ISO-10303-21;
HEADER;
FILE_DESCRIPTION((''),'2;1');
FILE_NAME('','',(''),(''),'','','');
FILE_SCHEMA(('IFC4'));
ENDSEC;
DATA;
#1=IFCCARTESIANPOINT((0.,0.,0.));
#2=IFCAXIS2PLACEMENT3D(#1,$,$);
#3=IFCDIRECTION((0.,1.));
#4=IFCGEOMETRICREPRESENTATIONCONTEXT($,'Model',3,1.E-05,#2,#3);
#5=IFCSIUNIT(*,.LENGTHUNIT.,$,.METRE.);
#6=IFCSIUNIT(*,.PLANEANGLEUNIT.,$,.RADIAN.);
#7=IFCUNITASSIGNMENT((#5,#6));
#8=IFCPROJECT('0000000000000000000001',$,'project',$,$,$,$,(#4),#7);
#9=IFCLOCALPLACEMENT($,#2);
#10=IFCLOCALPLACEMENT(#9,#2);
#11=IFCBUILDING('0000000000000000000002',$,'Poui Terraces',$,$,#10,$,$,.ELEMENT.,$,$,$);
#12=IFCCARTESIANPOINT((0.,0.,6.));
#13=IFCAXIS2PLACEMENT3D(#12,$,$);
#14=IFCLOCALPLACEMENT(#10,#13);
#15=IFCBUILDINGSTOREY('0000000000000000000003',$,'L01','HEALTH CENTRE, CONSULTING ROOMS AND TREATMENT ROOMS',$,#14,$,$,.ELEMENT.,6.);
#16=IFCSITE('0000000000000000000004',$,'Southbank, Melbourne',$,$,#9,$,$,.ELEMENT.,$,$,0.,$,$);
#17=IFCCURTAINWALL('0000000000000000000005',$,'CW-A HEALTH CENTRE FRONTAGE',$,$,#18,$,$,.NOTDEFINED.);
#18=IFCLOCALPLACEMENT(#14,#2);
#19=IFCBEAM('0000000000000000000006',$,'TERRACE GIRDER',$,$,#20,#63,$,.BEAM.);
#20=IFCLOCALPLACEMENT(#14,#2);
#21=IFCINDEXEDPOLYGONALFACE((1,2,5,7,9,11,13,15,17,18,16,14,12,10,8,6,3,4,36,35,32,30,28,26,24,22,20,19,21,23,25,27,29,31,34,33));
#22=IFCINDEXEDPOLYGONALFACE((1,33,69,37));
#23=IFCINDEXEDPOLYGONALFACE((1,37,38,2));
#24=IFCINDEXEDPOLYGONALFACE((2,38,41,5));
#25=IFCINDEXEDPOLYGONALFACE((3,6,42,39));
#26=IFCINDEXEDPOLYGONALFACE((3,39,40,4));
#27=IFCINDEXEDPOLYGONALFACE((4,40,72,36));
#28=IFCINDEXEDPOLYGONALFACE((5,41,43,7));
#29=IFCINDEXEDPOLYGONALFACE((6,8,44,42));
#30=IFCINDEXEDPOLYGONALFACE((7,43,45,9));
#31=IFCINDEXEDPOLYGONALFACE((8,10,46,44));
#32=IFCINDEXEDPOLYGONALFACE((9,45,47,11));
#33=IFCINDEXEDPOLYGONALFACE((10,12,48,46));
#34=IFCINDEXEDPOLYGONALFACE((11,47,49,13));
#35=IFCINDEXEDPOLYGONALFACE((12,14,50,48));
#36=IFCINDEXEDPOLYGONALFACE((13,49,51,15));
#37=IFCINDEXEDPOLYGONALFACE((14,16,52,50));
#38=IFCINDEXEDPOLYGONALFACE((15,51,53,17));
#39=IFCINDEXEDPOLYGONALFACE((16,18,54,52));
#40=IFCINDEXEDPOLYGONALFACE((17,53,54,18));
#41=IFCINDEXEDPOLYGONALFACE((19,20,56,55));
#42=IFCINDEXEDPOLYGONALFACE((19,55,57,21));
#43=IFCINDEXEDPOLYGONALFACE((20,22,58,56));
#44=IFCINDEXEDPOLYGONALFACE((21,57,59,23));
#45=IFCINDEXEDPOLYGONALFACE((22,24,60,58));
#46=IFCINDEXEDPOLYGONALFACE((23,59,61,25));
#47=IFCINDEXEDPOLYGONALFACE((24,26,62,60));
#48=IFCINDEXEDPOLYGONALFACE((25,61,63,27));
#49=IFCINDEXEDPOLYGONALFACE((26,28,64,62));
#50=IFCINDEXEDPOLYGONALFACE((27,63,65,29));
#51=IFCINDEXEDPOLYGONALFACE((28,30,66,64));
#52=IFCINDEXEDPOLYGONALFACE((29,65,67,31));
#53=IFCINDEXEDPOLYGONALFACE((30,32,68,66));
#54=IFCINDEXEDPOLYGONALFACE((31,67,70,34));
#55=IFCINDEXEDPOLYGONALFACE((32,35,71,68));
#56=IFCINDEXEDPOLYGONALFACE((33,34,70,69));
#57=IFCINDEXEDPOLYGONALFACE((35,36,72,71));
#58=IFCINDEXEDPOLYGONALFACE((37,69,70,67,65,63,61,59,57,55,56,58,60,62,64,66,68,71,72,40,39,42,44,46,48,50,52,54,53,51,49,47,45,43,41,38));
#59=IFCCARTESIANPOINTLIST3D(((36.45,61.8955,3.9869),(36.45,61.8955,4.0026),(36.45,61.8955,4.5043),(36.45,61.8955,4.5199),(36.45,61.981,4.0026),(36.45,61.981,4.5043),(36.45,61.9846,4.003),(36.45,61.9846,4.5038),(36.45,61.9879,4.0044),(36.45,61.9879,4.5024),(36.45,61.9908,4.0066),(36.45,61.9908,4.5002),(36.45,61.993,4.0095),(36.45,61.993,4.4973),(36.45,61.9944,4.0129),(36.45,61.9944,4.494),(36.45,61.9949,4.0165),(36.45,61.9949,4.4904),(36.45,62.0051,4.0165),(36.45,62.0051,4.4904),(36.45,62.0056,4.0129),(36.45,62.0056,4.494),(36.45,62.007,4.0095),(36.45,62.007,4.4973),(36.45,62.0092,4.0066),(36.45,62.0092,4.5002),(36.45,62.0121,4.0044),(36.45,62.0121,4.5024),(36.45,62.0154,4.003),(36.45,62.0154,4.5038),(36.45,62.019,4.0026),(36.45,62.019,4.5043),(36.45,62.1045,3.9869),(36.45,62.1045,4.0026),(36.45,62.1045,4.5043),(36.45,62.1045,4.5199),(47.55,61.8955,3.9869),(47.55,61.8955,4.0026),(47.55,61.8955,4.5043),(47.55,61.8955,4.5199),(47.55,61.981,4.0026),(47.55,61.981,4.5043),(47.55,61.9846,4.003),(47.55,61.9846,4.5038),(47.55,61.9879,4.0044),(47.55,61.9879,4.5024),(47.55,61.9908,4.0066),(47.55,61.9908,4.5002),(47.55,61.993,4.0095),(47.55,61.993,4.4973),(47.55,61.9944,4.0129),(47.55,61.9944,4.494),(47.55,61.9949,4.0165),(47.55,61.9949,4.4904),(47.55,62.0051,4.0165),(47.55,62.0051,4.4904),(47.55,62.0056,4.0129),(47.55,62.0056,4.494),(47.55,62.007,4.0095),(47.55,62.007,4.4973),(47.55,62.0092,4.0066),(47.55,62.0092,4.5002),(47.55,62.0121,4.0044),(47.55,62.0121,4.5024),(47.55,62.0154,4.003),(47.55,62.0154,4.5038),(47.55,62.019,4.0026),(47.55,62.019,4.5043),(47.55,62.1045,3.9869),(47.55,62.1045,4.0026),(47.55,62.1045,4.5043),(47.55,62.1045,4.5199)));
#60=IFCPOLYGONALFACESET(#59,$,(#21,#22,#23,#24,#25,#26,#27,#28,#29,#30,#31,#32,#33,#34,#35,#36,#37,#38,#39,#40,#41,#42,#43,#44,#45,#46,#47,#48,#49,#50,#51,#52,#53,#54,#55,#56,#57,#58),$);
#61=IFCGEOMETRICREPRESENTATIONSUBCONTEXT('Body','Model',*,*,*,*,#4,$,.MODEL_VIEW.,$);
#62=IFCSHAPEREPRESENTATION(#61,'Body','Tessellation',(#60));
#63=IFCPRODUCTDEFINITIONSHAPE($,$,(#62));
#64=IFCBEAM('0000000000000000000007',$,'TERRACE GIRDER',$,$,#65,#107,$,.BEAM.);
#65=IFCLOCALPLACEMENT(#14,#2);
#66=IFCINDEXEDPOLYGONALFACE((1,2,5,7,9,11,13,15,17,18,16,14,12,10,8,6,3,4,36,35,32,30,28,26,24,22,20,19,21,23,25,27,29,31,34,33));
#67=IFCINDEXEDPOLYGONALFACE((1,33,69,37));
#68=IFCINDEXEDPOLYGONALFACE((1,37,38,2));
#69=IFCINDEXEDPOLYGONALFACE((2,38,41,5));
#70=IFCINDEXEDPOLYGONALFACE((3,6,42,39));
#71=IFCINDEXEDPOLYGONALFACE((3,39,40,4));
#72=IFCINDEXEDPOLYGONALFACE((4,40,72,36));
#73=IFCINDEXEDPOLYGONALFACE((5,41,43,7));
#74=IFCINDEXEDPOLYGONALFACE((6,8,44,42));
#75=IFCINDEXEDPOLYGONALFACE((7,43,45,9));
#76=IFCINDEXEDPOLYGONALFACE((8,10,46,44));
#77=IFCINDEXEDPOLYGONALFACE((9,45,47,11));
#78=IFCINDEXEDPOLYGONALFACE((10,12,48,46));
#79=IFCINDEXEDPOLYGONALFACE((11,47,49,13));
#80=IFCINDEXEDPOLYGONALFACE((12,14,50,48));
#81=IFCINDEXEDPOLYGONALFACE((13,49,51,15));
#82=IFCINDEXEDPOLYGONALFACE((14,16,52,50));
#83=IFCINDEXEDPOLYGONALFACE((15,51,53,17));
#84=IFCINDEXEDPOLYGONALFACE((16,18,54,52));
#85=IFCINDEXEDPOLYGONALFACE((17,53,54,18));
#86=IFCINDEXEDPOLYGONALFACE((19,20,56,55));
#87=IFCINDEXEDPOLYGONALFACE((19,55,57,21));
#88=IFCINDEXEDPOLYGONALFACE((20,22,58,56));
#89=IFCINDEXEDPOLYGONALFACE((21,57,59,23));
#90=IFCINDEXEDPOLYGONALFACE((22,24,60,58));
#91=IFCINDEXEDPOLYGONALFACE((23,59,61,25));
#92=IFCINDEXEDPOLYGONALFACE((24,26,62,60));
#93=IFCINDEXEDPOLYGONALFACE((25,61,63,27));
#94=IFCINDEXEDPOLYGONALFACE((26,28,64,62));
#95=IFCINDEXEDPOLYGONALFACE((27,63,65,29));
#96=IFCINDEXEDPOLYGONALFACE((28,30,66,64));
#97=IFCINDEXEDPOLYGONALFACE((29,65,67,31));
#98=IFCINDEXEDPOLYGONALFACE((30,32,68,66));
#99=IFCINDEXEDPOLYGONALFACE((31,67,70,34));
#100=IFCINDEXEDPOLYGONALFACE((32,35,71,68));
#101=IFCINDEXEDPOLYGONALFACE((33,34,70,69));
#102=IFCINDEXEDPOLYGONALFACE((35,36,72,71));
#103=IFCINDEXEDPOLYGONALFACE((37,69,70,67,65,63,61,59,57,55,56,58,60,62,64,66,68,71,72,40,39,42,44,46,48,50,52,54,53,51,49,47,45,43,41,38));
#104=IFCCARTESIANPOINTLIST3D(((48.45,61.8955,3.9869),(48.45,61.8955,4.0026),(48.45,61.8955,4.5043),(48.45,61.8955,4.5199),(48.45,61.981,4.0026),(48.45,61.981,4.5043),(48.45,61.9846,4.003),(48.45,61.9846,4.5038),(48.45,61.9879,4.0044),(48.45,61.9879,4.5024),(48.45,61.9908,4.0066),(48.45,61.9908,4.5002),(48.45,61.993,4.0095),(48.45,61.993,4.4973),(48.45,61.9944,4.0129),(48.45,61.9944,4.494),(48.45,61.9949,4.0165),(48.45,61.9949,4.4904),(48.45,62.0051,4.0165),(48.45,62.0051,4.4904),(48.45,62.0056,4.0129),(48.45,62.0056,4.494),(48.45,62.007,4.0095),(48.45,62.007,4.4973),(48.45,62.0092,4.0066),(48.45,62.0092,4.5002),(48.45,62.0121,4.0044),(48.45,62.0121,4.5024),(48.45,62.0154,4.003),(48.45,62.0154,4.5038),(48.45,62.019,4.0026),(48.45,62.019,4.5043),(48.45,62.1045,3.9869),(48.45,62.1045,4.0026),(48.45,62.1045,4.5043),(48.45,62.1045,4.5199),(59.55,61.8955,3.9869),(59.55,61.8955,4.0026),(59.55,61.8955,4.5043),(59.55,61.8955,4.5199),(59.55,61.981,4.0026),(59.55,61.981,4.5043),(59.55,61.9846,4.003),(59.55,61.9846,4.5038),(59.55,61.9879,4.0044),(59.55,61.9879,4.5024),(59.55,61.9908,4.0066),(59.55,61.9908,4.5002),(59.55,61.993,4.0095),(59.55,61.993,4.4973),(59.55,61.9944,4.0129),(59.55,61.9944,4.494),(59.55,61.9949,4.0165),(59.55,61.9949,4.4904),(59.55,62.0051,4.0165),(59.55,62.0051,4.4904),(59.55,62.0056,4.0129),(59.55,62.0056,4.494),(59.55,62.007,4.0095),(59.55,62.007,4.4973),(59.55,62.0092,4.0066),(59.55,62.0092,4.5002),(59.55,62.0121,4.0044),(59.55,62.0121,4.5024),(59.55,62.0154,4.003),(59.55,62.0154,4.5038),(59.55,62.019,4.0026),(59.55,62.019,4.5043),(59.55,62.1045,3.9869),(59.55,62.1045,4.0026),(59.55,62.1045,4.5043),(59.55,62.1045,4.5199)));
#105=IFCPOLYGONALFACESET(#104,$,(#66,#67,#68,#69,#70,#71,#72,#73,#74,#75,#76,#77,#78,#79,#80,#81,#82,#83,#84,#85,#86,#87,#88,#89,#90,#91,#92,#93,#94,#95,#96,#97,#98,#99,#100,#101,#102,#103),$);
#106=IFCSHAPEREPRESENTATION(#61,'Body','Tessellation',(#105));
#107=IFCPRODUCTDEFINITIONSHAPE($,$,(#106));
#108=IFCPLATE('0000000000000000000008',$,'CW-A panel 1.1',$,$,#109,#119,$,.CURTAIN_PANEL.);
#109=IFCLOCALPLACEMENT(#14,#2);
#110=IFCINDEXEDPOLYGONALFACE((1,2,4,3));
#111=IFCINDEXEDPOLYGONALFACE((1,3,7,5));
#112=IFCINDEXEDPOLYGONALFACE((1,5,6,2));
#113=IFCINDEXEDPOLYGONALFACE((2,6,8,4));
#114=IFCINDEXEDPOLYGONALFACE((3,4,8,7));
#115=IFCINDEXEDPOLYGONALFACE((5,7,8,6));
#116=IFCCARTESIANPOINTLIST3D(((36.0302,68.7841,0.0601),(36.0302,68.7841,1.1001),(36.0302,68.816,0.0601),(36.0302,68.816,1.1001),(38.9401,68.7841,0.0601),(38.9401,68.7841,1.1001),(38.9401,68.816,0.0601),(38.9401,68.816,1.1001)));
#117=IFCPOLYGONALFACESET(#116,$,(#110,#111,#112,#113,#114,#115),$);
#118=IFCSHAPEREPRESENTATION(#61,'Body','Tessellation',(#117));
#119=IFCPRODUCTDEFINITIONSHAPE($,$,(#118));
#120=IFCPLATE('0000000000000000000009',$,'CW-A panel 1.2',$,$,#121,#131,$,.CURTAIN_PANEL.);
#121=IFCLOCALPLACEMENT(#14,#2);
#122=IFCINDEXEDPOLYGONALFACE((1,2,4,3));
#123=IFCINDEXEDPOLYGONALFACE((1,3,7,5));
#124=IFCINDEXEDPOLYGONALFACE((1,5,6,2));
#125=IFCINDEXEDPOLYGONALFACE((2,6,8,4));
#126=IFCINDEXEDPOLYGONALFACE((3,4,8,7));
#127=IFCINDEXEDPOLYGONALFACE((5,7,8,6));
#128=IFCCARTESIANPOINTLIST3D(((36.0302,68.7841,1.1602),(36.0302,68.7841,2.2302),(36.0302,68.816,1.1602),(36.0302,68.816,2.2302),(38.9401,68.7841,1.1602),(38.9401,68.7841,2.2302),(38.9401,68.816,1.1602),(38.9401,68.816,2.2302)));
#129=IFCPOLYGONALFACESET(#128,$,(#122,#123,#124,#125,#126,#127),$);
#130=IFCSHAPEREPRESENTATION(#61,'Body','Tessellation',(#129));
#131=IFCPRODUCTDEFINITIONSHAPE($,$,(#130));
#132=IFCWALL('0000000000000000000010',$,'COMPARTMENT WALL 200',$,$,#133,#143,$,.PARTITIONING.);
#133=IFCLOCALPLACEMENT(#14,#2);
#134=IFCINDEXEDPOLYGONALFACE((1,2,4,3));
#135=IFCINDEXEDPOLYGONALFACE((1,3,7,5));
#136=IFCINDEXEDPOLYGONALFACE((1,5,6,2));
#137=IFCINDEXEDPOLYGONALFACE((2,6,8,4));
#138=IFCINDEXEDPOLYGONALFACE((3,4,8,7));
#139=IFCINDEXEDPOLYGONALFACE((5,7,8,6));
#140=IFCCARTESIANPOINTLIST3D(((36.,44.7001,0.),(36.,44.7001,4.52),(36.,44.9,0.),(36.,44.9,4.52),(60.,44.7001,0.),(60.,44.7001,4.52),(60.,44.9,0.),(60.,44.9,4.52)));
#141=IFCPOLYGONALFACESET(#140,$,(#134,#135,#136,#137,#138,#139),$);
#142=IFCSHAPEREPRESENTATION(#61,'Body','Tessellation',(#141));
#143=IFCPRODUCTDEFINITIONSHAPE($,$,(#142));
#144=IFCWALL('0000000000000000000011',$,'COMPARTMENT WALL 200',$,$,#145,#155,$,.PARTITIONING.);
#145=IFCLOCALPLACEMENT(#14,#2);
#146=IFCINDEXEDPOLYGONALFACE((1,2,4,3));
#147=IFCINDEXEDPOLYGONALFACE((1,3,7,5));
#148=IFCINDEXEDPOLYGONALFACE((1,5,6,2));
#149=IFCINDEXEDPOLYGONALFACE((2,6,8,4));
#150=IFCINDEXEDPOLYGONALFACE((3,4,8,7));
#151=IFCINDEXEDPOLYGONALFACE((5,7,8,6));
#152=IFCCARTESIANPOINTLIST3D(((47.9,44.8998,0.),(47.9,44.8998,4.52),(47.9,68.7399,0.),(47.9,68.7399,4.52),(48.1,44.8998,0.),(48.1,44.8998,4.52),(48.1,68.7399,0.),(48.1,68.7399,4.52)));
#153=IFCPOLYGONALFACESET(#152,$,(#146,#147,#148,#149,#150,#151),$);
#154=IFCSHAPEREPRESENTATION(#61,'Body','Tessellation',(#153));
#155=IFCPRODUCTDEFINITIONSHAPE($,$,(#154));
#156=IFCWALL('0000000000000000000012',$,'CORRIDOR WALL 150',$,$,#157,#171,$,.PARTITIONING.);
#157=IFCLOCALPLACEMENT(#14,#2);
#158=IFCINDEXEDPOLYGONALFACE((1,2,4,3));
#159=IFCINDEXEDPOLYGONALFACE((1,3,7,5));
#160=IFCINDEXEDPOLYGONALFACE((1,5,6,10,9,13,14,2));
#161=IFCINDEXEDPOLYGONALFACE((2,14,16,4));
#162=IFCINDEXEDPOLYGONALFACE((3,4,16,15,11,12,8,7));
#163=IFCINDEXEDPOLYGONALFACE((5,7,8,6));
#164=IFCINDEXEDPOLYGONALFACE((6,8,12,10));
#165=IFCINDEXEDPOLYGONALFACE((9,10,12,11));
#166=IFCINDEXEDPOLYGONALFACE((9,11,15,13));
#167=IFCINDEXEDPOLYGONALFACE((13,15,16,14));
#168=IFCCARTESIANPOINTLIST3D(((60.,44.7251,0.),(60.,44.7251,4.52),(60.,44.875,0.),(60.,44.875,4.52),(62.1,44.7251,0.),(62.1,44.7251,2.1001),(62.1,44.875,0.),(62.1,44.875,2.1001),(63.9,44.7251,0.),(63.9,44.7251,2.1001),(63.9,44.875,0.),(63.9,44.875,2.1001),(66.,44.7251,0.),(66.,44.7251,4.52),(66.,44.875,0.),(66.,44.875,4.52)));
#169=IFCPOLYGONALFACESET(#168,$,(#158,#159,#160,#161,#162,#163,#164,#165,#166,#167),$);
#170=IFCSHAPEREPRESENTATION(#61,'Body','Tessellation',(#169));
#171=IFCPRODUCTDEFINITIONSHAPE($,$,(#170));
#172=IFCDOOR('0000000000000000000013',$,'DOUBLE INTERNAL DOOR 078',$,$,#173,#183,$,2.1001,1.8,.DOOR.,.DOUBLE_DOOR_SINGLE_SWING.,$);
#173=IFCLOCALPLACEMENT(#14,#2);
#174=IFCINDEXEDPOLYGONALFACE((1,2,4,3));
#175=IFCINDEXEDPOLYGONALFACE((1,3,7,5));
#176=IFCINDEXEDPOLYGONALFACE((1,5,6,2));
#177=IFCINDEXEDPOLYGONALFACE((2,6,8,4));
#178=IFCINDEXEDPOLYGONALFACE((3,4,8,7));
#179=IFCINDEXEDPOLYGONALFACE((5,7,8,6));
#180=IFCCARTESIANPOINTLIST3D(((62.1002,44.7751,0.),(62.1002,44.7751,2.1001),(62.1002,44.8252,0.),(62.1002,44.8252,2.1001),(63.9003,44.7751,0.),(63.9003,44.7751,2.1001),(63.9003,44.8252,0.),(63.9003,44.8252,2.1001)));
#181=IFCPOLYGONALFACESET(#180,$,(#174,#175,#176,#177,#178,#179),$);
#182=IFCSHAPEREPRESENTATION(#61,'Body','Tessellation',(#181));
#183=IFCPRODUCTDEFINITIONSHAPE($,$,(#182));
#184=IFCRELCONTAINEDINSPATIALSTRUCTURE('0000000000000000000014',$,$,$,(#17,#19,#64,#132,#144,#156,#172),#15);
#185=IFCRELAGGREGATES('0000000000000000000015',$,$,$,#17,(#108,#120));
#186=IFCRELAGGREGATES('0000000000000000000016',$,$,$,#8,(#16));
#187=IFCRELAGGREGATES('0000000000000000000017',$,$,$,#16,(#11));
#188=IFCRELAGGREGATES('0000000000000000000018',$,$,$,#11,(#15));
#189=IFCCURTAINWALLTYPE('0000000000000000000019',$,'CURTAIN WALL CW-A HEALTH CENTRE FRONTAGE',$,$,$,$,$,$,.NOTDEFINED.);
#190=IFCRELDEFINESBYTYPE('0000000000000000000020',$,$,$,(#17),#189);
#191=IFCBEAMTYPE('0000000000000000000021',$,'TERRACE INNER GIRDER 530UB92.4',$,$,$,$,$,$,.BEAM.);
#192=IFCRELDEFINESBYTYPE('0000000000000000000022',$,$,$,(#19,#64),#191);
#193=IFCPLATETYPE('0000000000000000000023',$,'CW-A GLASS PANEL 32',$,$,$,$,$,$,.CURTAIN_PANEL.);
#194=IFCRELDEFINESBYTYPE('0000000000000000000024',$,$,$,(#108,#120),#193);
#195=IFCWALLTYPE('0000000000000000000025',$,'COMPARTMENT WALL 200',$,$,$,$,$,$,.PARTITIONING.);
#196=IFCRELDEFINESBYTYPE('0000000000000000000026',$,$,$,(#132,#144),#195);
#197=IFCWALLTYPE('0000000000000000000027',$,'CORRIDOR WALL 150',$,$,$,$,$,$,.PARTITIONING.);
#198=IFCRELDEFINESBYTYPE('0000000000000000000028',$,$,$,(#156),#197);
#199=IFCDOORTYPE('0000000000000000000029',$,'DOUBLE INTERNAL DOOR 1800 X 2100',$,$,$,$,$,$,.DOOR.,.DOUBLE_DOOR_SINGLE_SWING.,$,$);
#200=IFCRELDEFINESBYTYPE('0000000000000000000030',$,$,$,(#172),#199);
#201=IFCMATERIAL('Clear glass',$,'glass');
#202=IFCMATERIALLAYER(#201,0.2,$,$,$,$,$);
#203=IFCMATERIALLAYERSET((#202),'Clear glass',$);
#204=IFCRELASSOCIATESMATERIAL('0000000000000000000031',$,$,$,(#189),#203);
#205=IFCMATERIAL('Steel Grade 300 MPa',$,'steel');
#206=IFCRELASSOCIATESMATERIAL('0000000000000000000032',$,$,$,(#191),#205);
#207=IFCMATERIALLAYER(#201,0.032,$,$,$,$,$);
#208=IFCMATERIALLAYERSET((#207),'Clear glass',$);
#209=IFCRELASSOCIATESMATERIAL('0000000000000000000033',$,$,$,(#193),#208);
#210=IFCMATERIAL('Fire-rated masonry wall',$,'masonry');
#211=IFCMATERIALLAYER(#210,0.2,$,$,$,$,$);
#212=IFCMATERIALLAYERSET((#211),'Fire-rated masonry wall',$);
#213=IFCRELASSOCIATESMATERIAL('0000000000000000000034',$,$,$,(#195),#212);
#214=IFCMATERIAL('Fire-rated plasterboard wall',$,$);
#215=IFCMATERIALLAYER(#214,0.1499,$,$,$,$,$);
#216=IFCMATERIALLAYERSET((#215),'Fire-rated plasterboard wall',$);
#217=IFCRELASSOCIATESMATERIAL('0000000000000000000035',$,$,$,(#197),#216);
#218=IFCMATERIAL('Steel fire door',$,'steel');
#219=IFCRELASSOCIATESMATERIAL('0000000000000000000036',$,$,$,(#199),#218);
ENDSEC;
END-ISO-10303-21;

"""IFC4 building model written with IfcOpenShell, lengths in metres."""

from ifc_helpers import new_model, si_unit, direction, frame, frame_2d, origin, origin_2d, place, context, subcontext, project, spatial, rectangle, i_section, extrude, source, transform, mapped, material, layer, layer_set, material_profile, profile_set, type_object, element, fill, aggregate, save


model = new_model("IFC4")

# Units and contexts
model_context = context("Model", 3, precision=1e-05, world=origin(), true_north=direction((0.0, 1.0)))
body_context = subcontext(model_context, "Body", "Model", "MODEL_VIEW")
ifc_project = project(units=[si_unit("LENGTHUNIT", "METRE"), si_unit("PLANEANGLEUNIT", "RADIAN")], contexts=[model_context])

# Site, building, storey
site_placement = place(None, origin())
site = spatial("IfcSite", under=ifc_project, at=site_placement, Name="Southbank, Melbourne", CompositionType="ELEMENT", RefElevation=0.0)
building_placement = place(site_placement, origin())
building = spatial("IfcBuilding", under=site, at=building_placement, Name="Poui Terraces", CompositionType="ELEMENT")
storey_placement = place(building_placement, frame((0.0, 0.0, 6.0)))
storey = spatial("IfcBuildingStorey", under=building, at=storey_placement, Name="L01", Description="HEALTH CENTRE, CONSULTING ROOMS AND TREATMENT ROOMS", CompositionType="ELEMENT", Elevation=6.0)

# Curtain wall
ifc_material_1 = material(Name="Clear glass", Category="glass")
ifc_layer_1 = layer(ifc_material_1, 0.2)
ifc_layer_set_1 = layer_set([ifc_layer_1], Name="Clear glass")
curtain_wall_type = type_object("IfcCurtainWallType", Name="CURTAIN WALL CW-A HEALTH CENTRE FRONTAGE", PredefinedType="NOTDEFINED", material=ifc_layer_set_1)
curtain_wall_placement = place(storey_placement, origin())
curtain_wall = element("IfcCurtainWall", 1, at=curtain_wall_placement, inside=storey, type_object=curtain_wall_type, Name="CW-A HEALTH CENTRE FRONTAGE", PredefinedType="NOTDEFINED")

# Beams
ifc_material_2 = material(Name="Steel Grade 300 MPa", Category="steel")
ifc_material_profile_1 = material_profile(ifc_material_2, i_section(OverallWidth=0.209, OverallDepth=0.533, WebThickness=0.0103, FlangeThickness=0.0156, FilletRadius=0.0139, at=origin_2d()), Name="530UB92.4")
ifc_profile_set_1 = profile_set([ifc_material_profile_1], Name="Steel Grade 300 MPa")
beam_type_1 = type_object("IfcBeamType", Name="TERRACE INNER GIRDER 530UB92.4", PredefinedType="BEAM", material=ifc_profile_set_1)
shared_shape_1 = source(origin(), body_context, "Body", "SweptSolid", [
    extrude(i_section(OverallWidth=0.209, OverallDepth=0.533, WebThickness=0.0103, FlangeThickness=0.0156, FilletRadius=0.0139, at=origin_2d()), origin(), (0.0, 0.0, 1.0), 11.1001),
])
for number, where, z_axis, x_axis, name in (
    (2, (36.45, 62.0, 4.2534), (1.0, 0.0, 0.0), (0.0, 1.0, 0.0), "TERRACE GIRDER"),
    (3, (48.45, 62.0, 4.2534), (1.0, 0.0, 0.0), (0.0, 1.0, 0.0), "TERRACE GIRDER"),
):
    element("IfcBeam", number, at=place(storey_placement, frame(where, z_axis=z_axis, x_axis=x_axis)), inside=storey, type_object=beam_type_1, Name=name, PredefinedType="BEAM", context=body_context, shape_type="MappedRepresentation", body=[
        mapped(shared_shape_1, transform((0.0, 0.0, 0.0))),
    ])

# Plates
ifc_layer_2 = layer(ifc_material_1, 0.032)
ifc_layer_set_2 = layer_set([ifc_layer_2], Name="Clear glass")
plate_type = type_object("IfcPlateType", Name="CW-A GLASS PANEL 32", PredefinedType="CURTAIN_PANEL", material=ifc_layer_set_2)
plate_1_placement = place(storey_placement, frame((37.4851, 68.8, 0.0601), z_axis=(0.0, 0.0, 1.0), x_axis=(-1.0, 0.0, 0.0)))
plate_1 = element("IfcPlate", 4, at=plate_1_placement, type_object=plate_type, Name="CW-A panel 1.1", PredefinedType="CURTAIN_PANEL", context=body_context, shape_type="SweptSolid", body=[
    extrude(rectangle(XDim=2.9099, YDim=0.032, at=origin_2d()), origin(), (0.0, 0.0, 1.0), 1.04),
])
plate_2_placement = place(storey_placement, frame((37.4851, 68.8, 1.1602), z_axis=(0.0, 0.0, 1.0), x_axis=(-1.0, 0.0, 0.0)))
plate_2 = element("IfcPlate", 5, at=plate_2_placement, type_object=plate_type, Name="CW-A panel 1.2", PredefinedType="CURTAIN_PANEL", context=body_context, shape_type="SweptSolid", body=[
    extrude(rectangle(XDim=2.9099, YDim=0.032, at=origin_2d()), origin(), (0.0, 0.0, 1.0), 1.0701),
])
aggregate(curtain_wall, [plate_1, plate_2])

# Walls
ifc_material_3 = material(Name="Fire-rated masonry wall", Category="masonry")
ifc_layer_3 = layer(ifc_material_3, 0.2)
ifc_layer_set_3 = layer_set([ifc_layer_3], Name="Fire-rated masonry wall")
wall_type_1 = type_object("IfcWallType", Name="COMPARTMENT WALL 200", PredefinedType="PARTITIONING", material=ifc_layer_set_3)
wall_1_placement = place(storey_placement, frame((36.0, 44.8, 0.0), z_axis=(0.0, 0.0, 1.0), x_axis=(1.0, 0.0, 0.0)))
element("IfcWall", 6, at=wall_1_placement, inside=storey, type_object=wall_type_1, Name="COMPARTMENT WALL 200", PredefinedType="PARTITIONING", context=body_context, shape_type="SweptSolid", body=[
    extrude(rectangle(XDim=24.0, YDim=0.2, at=frame_2d((12.0, 0.0))), origin(), (0.0, 0.0, 1.0), 4.52),
])
wall_2_placement = place(storey_placement, frame((48.0, 44.8999, 0.0), z_axis=(0.0, 0.0, 1.0), x_axis=(0.0, 1.0, 0.0)))
element("IfcWall", 7, at=wall_2_placement, inside=storey, type_object=wall_type_1, Name="COMPARTMENT WALL 200", PredefinedType="PARTITIONING", context=body_context, shape_type="SweptSolid", body=[
    extrude(rectangle(XDim=23.8401, YDim=0.2, at=frame_2d((11.9199, 0.0))), origin(), (0.0, 0.0, 1.0), 4.52),
])

# Wall, opening, door
ifc_material_4 = material(Name="Fire-rated plasterboard wall")
ifc_layer_4 = layer(ifc_material_4, 0.1499)
ifc_layer_set_4 = layer_set([ifc_layer_4], Name="Fire-rated plasterboard wall")
wall_type_2 = type_object("IfcWallType", Name="CORRIDOR WALL 150", PredefinedType="PARTITIONING", material=ifc_layer_set_4)
wall_3_placement = place(storey_placement, frame((60.0, 44.8, 0.0), z_axis=(0.0, 0.0, 1.0), x_axis=(1.0, 0.0, 0.0)))
wall_3 = element("IfcWall", 8, at=wall_3_placement, inside=storey, type_object=wall_type_2, Name="CORRIDOR WALL 150", PredefinedType="PARTITIONING", context=body_context, shape_type="SweptSolid", body=[
    extrude(rectangle(XDim=6.0, YDim=0.1499, at=frame_2d((3.0, 0.0))), origin(), (0.0, 0.0, 1.0), 4.52),
])
opening_placement = place(wall_3_placement, frame((2.1001, 0.0, 0.0)))
opening = element("IfcOpeningElement", 9, at=opening_placement, cuts=wall_3, PredefinedType="OPENING", context=body_context, shape_type="SweptSolid", body=[
    extrude(rectangle(XDim=1.8, YDim=2.1001, at=frame_2d((0.8999, 1.05))), frame((0.0, 0.085, 0.0), z_axis=(0.0, -1.0, 0.0), x_axis=(1.0, 0.0, 0.0)), (0.0, 0.0, 1.0), 0.1699),
])
ifc_material_5 = material(Name="Steel fire door", Category="steel")
door_type = type_object("IfcDoorType", Name="DOUBLE INTERNAL DOOR 1800 X 2100", OperationType="DOUBLE_DOOR_SINGLE_SWING", PredefinedType="DOOR", material=ifc_material_5)
door_placement = place(opening_placement, frame((1.8, 0.0, 0.0), z_axis=(0.0, 0.0, 1.0), x_axis=(-1.0, 0.0, 0.0)))
door = element("IfcDoor", 10, at=door_placement, inside=storey, type_object=door_type, Name="DOUBLE INTERNAL DOOR 078", OperationType="DOUBLE_DOOR_SINGLE_SWING", OverallHeight=2.1001, OverallWidth=1.8, PredefinedType="DOOR", context=body_context, shape_type="SweptSolid", body=[
    extrude(rectangle(XDim=1.8, YDim=2.1001, at=frame_2d((0.8999, 1.05))), frame((0.0, 0.0249, 0.0), z_axis=(0.0, -1.0, 0.0), x_axis=(1.0, 0.0, 0.0)), (0.0, 0.0, 1.0), 0.05),
])
fill(opening, door)

save(model, "model.ifc")
